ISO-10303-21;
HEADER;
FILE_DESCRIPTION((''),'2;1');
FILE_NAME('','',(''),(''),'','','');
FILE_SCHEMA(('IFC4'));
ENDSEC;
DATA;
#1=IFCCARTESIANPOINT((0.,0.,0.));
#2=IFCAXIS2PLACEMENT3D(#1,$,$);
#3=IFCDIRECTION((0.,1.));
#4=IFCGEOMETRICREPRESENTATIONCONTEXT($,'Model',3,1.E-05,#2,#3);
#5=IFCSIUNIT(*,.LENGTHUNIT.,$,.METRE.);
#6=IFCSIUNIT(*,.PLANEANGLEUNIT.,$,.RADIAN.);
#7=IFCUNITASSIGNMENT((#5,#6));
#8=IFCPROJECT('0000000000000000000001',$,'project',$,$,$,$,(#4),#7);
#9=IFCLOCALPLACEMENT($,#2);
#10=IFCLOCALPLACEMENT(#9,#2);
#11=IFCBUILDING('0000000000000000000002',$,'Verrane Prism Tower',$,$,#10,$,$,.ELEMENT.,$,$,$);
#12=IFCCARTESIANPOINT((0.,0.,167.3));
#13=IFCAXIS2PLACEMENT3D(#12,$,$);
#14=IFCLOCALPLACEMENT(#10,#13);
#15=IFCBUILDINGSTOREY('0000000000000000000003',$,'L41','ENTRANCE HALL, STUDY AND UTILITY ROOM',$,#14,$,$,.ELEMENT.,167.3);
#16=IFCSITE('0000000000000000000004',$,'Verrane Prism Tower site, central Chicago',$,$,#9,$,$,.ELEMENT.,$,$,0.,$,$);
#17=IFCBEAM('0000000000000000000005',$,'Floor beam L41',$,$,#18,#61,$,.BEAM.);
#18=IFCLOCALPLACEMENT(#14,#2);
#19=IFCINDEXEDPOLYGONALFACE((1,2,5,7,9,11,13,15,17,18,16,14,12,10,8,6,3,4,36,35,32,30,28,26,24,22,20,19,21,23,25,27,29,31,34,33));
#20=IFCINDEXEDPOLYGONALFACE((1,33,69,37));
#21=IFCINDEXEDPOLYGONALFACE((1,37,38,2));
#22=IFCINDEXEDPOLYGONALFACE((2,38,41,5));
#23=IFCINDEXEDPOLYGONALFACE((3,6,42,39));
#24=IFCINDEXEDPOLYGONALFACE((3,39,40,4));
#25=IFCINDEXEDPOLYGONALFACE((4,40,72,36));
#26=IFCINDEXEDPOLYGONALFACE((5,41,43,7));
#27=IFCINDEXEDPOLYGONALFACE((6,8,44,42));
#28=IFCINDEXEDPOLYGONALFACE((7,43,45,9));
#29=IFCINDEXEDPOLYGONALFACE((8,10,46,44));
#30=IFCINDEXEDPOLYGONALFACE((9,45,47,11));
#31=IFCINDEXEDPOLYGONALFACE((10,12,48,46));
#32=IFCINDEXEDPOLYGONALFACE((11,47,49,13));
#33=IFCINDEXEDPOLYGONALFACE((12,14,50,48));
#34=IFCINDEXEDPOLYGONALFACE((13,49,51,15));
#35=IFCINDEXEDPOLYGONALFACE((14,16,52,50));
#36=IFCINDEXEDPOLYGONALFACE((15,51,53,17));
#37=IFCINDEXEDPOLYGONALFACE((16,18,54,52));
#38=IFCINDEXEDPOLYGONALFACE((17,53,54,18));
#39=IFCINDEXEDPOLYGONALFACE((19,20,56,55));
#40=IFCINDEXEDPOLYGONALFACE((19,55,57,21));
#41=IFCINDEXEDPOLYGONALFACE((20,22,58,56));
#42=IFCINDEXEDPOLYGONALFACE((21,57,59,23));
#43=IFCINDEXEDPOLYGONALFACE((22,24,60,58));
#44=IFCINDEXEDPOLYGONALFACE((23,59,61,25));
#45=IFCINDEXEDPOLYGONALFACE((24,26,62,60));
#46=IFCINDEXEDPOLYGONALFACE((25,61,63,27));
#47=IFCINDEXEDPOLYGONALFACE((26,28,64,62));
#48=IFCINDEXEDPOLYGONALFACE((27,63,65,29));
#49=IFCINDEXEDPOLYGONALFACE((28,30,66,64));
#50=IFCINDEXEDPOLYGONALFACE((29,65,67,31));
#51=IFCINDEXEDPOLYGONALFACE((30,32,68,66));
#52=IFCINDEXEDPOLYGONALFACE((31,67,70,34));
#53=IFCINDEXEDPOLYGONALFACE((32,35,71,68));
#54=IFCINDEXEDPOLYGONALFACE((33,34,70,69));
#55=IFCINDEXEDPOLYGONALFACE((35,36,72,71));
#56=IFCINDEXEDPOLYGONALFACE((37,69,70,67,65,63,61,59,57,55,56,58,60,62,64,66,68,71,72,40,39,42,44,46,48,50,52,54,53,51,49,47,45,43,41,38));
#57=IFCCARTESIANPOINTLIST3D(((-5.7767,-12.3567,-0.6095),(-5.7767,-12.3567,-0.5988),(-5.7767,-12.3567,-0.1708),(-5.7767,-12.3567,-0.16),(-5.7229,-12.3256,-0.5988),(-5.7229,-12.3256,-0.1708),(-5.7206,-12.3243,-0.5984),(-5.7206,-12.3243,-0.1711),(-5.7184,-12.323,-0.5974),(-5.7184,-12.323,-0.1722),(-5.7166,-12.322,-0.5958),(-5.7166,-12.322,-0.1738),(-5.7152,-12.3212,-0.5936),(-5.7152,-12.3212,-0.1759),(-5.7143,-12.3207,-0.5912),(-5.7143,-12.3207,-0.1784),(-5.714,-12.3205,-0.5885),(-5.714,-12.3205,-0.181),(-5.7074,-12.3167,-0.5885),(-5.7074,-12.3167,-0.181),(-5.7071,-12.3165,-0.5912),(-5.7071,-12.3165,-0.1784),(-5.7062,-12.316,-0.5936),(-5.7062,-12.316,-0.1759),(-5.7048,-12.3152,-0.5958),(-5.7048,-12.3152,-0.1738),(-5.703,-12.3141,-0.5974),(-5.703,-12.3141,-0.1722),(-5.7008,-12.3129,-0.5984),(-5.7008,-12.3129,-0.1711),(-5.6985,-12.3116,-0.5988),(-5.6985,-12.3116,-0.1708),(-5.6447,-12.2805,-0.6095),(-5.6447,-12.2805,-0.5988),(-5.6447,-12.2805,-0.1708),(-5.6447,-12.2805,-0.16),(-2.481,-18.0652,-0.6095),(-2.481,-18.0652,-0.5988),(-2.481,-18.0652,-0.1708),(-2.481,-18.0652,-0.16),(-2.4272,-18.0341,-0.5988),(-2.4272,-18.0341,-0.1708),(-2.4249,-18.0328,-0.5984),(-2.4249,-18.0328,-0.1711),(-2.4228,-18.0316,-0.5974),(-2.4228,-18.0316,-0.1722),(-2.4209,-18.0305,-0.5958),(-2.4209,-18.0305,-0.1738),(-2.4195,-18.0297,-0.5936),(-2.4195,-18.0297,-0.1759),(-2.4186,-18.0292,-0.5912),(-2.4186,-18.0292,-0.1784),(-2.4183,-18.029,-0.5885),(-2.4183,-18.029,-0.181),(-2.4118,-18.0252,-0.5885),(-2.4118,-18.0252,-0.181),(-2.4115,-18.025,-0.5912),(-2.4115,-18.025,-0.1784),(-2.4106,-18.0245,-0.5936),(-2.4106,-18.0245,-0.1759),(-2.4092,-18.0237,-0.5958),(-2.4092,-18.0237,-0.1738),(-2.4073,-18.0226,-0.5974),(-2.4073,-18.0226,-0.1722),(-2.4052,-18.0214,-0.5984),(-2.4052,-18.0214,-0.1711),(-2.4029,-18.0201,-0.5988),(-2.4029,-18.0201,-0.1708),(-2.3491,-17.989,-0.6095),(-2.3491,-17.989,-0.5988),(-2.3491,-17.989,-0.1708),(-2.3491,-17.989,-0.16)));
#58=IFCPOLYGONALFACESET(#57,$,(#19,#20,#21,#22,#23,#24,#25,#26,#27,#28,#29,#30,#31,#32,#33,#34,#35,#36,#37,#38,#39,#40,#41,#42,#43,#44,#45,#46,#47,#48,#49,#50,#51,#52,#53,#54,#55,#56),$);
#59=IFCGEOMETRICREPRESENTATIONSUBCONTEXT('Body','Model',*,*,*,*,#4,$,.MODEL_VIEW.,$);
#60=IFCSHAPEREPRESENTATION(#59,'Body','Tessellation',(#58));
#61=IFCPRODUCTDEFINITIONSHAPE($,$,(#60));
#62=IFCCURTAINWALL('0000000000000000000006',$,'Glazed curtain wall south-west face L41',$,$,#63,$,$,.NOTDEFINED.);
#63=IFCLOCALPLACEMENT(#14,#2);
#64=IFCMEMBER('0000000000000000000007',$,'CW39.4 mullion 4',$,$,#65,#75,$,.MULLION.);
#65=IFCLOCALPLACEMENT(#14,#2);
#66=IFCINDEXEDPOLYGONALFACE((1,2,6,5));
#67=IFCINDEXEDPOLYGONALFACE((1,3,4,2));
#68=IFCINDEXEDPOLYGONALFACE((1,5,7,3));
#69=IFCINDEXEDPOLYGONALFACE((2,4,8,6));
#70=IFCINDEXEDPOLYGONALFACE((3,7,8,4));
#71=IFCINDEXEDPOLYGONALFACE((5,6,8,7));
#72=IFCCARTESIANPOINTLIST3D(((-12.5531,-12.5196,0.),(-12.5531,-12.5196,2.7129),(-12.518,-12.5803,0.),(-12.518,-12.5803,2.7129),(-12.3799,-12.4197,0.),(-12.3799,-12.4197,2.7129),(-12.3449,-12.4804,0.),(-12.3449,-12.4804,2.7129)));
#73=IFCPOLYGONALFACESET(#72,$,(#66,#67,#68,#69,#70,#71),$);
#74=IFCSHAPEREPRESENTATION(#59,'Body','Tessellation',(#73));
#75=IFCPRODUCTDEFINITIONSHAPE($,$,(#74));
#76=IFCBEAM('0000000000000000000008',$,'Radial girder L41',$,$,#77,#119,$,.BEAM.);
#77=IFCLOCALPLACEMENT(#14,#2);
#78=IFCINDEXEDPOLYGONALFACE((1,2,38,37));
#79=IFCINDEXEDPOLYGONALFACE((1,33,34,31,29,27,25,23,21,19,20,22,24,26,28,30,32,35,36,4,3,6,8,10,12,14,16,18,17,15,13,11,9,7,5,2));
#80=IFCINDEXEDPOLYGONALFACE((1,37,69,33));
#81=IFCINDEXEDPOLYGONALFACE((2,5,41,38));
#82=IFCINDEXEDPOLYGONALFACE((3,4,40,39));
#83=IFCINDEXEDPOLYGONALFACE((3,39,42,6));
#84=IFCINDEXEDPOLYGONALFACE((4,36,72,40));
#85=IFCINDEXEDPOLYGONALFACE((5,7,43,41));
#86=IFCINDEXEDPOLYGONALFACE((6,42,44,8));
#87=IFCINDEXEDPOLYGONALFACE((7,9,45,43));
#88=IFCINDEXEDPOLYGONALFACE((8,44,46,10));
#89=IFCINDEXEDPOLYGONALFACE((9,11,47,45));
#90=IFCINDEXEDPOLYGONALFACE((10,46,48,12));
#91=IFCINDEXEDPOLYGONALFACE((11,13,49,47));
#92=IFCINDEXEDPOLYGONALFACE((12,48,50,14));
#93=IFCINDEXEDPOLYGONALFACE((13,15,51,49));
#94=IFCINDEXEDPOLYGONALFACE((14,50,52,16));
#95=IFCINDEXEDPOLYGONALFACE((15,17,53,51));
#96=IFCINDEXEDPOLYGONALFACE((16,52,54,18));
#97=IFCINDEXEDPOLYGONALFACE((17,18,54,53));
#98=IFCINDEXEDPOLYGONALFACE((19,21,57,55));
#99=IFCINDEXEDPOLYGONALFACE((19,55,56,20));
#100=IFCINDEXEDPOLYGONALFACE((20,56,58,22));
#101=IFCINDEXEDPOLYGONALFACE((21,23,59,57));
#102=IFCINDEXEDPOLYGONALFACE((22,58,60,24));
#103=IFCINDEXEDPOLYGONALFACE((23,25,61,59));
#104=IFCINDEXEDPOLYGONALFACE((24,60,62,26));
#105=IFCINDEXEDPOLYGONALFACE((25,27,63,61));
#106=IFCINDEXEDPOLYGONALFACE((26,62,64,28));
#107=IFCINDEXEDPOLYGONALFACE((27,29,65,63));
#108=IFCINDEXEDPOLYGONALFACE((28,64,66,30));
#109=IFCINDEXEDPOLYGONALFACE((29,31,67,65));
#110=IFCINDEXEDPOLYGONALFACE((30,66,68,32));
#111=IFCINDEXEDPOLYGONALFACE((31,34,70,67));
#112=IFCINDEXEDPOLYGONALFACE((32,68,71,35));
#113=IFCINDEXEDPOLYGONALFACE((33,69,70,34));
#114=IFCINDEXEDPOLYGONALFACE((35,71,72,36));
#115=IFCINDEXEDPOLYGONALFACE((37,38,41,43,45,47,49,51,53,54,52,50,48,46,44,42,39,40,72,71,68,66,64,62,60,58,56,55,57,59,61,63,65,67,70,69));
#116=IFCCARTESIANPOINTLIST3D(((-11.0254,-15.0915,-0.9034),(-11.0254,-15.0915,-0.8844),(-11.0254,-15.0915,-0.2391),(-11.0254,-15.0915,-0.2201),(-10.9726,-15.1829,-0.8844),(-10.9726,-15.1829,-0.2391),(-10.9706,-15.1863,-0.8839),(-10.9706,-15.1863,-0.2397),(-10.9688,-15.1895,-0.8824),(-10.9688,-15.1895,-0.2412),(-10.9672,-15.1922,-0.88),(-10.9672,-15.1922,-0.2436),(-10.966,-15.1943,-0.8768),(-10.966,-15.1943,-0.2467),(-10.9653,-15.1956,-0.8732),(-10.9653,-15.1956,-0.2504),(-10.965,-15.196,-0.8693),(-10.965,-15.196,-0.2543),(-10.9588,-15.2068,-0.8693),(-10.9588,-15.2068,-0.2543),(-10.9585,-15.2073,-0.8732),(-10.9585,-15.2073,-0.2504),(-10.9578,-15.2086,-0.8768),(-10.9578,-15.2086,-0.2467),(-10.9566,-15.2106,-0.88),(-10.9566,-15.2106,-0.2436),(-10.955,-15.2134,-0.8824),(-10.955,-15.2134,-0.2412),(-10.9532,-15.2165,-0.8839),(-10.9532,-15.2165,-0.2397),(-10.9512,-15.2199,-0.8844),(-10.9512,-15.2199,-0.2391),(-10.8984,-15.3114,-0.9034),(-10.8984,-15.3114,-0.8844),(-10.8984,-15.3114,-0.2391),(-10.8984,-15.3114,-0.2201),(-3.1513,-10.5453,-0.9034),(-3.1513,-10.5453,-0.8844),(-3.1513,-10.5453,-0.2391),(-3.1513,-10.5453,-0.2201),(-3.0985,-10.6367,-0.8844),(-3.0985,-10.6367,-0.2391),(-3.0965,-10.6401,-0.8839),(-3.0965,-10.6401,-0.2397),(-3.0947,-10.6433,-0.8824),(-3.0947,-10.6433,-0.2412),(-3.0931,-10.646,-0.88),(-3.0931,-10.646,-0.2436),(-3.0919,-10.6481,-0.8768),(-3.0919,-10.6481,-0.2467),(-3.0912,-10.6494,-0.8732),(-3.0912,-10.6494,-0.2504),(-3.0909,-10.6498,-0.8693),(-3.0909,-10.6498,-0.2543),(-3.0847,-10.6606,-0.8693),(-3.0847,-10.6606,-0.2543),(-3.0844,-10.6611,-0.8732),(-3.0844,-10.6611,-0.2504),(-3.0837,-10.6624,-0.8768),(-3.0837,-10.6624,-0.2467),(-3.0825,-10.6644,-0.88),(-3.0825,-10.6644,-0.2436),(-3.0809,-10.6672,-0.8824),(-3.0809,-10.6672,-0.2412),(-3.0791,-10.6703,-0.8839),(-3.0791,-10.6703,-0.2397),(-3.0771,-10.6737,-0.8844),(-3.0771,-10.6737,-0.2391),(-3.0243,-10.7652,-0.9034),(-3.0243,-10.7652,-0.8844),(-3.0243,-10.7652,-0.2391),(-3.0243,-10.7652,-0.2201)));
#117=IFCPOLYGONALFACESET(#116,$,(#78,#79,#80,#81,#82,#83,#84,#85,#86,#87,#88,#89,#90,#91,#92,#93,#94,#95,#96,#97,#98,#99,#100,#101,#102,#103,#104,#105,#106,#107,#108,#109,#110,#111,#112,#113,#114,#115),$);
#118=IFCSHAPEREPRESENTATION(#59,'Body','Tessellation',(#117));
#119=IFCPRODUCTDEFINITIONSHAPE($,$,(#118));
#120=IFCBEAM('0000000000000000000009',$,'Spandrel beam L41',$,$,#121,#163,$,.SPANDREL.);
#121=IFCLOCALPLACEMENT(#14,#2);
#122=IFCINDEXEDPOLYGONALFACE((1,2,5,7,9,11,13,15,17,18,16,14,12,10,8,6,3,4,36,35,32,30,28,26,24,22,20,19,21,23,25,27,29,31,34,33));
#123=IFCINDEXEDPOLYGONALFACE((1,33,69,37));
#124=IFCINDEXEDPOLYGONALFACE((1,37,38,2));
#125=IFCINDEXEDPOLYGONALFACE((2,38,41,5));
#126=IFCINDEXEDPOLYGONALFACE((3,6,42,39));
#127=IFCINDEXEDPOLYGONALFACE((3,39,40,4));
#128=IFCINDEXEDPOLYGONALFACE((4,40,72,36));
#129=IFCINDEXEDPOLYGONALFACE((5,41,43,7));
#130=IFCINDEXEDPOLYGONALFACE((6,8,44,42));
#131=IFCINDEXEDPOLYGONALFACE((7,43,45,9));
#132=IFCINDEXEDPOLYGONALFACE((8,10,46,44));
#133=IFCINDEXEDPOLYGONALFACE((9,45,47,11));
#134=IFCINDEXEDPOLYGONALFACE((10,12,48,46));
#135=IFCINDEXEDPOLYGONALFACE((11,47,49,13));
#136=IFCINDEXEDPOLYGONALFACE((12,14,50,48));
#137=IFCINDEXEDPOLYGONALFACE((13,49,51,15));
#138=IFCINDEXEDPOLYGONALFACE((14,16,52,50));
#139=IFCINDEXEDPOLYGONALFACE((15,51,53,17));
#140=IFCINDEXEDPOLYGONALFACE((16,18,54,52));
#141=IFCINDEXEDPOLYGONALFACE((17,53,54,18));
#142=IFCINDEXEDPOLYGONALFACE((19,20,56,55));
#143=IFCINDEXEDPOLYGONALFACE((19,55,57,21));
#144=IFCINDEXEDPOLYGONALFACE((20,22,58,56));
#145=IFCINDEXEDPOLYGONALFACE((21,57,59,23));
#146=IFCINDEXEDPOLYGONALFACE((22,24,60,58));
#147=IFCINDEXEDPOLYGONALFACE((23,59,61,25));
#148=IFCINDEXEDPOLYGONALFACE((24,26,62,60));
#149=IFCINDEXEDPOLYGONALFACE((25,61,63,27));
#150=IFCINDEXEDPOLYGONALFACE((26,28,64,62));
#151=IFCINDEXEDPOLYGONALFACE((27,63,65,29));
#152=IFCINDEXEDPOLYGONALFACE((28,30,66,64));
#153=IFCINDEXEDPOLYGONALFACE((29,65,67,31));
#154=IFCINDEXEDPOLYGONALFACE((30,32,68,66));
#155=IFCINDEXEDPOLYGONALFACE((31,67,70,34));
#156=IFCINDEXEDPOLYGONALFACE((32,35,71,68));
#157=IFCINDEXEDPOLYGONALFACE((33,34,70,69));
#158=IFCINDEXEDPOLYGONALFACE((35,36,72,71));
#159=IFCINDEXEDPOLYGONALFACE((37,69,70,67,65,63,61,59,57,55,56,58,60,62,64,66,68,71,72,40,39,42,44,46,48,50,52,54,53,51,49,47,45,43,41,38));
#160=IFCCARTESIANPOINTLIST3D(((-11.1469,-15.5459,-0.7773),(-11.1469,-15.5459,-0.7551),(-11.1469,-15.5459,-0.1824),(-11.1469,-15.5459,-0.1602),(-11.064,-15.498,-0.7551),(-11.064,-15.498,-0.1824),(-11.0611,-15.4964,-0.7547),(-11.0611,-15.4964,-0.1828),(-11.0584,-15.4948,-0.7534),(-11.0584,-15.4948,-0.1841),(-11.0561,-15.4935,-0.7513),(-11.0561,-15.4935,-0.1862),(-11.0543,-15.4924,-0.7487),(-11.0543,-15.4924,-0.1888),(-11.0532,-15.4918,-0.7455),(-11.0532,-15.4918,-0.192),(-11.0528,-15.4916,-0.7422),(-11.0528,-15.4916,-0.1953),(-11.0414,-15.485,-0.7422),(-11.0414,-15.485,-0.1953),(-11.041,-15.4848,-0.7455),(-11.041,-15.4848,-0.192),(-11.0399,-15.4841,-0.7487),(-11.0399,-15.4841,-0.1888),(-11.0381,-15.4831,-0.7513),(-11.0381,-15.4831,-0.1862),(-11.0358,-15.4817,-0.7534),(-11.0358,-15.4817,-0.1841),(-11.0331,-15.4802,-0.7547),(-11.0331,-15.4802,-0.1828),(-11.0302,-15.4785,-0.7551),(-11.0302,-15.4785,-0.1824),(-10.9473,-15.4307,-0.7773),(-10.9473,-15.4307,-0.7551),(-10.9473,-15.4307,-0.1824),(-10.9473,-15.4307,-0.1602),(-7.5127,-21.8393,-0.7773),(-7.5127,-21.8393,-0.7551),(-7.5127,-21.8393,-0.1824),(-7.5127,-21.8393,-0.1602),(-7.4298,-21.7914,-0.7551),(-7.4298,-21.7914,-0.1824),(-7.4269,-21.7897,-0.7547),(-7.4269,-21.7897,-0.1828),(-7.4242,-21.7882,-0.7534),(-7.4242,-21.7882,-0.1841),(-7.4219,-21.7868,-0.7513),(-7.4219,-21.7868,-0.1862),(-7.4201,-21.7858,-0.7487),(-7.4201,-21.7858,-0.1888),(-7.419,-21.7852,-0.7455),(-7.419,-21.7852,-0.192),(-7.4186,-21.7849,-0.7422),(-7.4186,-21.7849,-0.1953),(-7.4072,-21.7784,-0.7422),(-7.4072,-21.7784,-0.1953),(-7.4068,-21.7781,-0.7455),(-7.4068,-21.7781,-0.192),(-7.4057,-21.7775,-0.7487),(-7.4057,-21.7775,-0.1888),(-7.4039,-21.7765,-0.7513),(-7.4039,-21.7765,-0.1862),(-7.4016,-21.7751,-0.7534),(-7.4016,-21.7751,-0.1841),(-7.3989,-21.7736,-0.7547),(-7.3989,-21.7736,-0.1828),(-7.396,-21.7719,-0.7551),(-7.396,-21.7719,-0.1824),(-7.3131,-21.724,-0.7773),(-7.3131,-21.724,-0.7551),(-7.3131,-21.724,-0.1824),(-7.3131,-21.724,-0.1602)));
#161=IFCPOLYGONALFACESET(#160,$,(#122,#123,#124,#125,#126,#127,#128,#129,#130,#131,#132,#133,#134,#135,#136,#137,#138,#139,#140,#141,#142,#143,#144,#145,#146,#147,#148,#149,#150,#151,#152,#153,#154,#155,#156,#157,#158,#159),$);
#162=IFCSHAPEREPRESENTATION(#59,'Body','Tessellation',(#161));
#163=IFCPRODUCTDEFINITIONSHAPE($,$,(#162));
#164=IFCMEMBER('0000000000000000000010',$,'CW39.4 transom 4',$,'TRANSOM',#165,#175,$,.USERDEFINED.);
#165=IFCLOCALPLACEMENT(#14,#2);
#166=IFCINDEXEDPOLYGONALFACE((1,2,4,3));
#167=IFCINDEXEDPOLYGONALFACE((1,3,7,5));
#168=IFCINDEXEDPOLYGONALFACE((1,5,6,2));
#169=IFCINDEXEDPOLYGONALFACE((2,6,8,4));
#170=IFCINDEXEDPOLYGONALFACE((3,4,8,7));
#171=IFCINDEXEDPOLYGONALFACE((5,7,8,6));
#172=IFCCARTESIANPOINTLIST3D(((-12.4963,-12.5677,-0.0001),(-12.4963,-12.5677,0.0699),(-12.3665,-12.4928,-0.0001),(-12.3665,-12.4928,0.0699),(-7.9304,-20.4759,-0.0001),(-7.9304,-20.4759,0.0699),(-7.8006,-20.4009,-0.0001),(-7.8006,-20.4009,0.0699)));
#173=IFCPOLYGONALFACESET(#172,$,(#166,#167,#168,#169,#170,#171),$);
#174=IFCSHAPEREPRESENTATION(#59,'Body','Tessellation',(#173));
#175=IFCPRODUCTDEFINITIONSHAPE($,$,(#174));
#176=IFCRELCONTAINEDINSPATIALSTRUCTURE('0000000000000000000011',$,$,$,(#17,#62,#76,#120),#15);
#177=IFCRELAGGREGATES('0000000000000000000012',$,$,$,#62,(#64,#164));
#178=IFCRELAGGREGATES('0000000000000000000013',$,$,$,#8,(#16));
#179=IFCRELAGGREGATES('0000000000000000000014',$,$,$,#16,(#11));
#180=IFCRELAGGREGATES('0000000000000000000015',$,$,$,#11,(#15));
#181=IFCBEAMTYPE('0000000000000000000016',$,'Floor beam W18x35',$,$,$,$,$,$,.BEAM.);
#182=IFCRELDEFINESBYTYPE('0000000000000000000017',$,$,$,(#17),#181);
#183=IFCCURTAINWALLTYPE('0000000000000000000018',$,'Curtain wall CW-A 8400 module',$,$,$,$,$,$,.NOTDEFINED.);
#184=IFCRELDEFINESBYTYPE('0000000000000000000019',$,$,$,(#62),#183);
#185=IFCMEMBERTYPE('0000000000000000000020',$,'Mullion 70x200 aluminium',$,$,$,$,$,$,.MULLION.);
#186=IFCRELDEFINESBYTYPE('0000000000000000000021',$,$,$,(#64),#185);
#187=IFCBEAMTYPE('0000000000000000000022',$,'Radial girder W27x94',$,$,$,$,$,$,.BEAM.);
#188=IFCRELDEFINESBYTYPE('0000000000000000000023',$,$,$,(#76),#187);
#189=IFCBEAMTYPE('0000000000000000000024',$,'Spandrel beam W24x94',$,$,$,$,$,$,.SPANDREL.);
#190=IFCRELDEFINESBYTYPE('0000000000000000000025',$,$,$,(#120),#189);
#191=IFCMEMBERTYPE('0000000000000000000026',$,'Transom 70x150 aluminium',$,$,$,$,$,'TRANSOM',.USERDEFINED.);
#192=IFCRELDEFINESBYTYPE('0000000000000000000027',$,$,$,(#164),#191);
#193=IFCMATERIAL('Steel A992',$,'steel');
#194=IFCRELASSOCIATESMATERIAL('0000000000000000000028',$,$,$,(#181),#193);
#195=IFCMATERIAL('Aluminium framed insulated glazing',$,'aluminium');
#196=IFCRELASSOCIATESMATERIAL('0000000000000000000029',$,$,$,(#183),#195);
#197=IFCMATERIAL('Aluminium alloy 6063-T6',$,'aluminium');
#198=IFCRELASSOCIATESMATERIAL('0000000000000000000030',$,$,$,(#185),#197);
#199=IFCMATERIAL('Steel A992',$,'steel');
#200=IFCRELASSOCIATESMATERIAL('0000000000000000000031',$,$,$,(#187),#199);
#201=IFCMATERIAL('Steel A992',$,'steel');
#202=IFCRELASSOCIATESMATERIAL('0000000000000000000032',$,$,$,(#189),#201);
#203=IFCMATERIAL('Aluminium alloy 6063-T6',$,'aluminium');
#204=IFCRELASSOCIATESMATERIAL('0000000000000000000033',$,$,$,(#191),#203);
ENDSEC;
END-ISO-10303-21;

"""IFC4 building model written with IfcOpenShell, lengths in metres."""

from ifc_helpers import new_model, si_unit, direction, frame, origin, origin_2d, place, context, subcontext, project, spatial, rectangle, i_section, extrude, material, material_profile, profile_set, type_object, element, aggregate, save


model = new_model("IFC4")

# Units and contexts
model_context = context("Model", 3, precision=1e-05, world=origin(), true_north=direction((0.0, 1.0)))
body_context = subcontext(model_context, "Body", "Model", "MODEL_VIEW")
ifc_project = project(units=[si_unit("LENGTHUNIT", "METRE"), si_unit("PLANEANGLEUNIT", "RADIAN")], contexts=[model_context])

# Site, building, storey
site_placement = place(None, origin())
site = spatial("IfcSite", under=ifc_project, at=site_placement, Name="Verrane Prism Tower site, central Chicago", CompositionType="ELEMENT", RefElevation=0.0)
building_placement = place(site_placement, origin())
building = spatial("IfcBuilding", under=site, at=building_placement, Name="Verrane Prism Tower", CompositionType="ELEMENT")
storey_placement = place(building_placement, frame((0.0, 0.0, 167.3)))
storey = spatial("IfcBuildingStorey", under=building, at=storey_placement, Name="L41", Description="ENTRANCE HALL, STUDY AND UTILITY ROOM", CompositionType="ELEMENT", Elevation=167.3)

# Beam
ifc_material_1 = material(Name="Steel A992", Category="steel")
ifc_material_profile_1 = material_profile(ifc_material_1, i_section(OverallWidth=0.1523, OverallDepth=0.4495, WebThickness=0.0076, FlangeThickness=0.0107, FilletRadius=0.0103, at=origin_2d()), Name="W18x35")
ifc_profile_set_1 = profile_set([ifc_material_profile_1], Name="Steel A992")
beam_type_1 = type_object("IfcBeamType", Name="Floor beam W18x35", PredefinedType="BEAM", material=ifc_profile_set_1)
beam_1_placement = place(storey_placement, frame((-2.415, -18.0271, -0.3848), z_axis=(-0.499983, 0.866035, 0.0), x_axis=(-0.866035, -0.499983, 0.0)))
element("IfcBeam", 1, at=beam_1_placement, inside=storey, type_object=beam_type_1, Name="Floor beam L41", PredefinedType="BEAM", context=body_context, shape_type="SweptSolid", body=[
    extrude(i_section(OverallWidth=0.1523, OverallDepth=0.4495, WebThickness=0.0076, FlangeThickness=0.0107, FilletRadius=0.0103, at=origin_2d()), origin(), (0.0, 0.0, 1.0), 6.5916),
])

# Curtain wall, member
ifc_material_2 = material(Name="Aluminium framed insulated glazing", Category="aluminium")
curtain_wall_type = type_object("IfcCurtainWallType", Name="Curtain wall CW-A 8400 module", PredefinedType="NOTDEFINED", material=ifc_material_2)
curtain_wall_placement = place(storey_placement, origin())
curtain_wall = element("IfcCurtainWall", 2, at=curtain_wall_placement, inside=storey, type_object=curtain_wall_type, Name="Glazed curtain wall south-west face L41", PredefinedType="NOTDEFINED")
ifc_material_3 = material(Name="Aluminium alloy 6063-T6", Category="aluminium")
ifc_material_profile_2 = material_profile(ifc_material_3, rectangle(XDim=0.2, YDim=0.0701, at=origin_2d()), Name="Mullion 70x200 aluminium")
ifc_profile_set_2 = profile_set([ifc_material_profile_2], Name="Aluminium alloy 6063-T6")
member_type_1 = type_object("IfcMemberType", Name="Mullion 70x200 aluminium", PredefinedType="MULLION", material=ifc_profile_set_2)
member_1_placement = place(storey_placement, frame((-12.449, -12.5, 0.0), z_axis=(0.0, 0.0, 1.0), x_axis=(0.866026, 0.499999, 0.0)))
member_1 = element("IfcMember", 3, at=member_1_placement, type_object=member_type_1, Name="CW39.4 mullion 4", PredefinedType="MULLION", context=body_context, shape_type="SweptSolid", body=[
    extrude(rectangle(XDim=0.2, YDim=0.0701, at=origin_2d()), origin(), (0.0, 0.0, 1.0), 2.7129),
])

# Beams
ifc_material_4 = material(Name="Steel A992", Category="steel")
ifc_material_profile_3 = material_profile(ifc_material_4, i_section(OverallWidth=0.2539, OverallDepth=0.6833, WebThickness=0.0125, FlangeThickness=0.019, FilletRadius=0.0151, at=origin_2d()), Name="W27x94")
ifc_profile_set_3 = profile_set([ifc_material_profile_3], Name="Steel A992")
beam_type_2 = type_object("IfcBeamType", Name="Radial girder W27x94", PredefinedType="BEAM", material=ifc_profile_set_3)
beam_2_placement = place(storey_placement, frame((-10.9619, -15.2014, -0.5618), z_axis=(0.866022, 0.500006, 0.0), x_axis=(-0.500006, 0.866022, 0.0)))
element("IfcBeam", 4, at=beam_2_placement, inside=storey, type_object=beam_type_2, Name="Radial girder L41", PredefinedType="BEAM", context=body_context, shape_type="SweptSolid", body=[
    extrude(i_section(OverallWidth=0.2539, OverallDepth=0.6833, WebThickness=0.0125, FlangeThickness=0.019, FilletRadius=0.0151, at=origin_2d()), origin(), (0.0, 0.0, 1.0), 9.0923),
])
ifc_material_5 = material(Name="Steel A992", Category="steel")
ifc_material_profile_4 = material_profile(ifc_material_5, i_section(OverallWidth=0.2305, OverallDepth=0.6172, WebThickness=0.0132, FlangeThickness=0.0222, FilletRadius=0.0129, at=origin_2d()), Name="W24x94")
ifc_profile_set_4 = profile_set([ifc_material_profile_4], Name="Steel A992")
beam_type_3 = type_object("IfcBeamType", Name="Spandrel beam W24x94", PredefinedType="SPANDREL", material=ifc_profile_set_4)
beam_3_placement = place(storey_placement, frame((-11.0471, -15.4883, -0.4688), z_axis=(0.500077, -0.865981, 0.0), x_axis=(0.865981, 0.500077, 0.0)))
element("IfcBeam", 5, at=beam_3_placement, inside=storey, type_object=beam_type_3, Name="Spandrel beam L41", PredefinedType="SPANDREL", context=body_context, shape_type="SweptSolid", body=[
    extrude(i_section(OverallWidth=0.2305, OverallDepth=0.6172, WebThickness=0.0132, FlangeThickness=0.0222, FilletRadius=0.0129, at=origin_2d()), origin(), (0.0, 0.0, 1.0), 7.2673),
])

# Member
ifc_material_6 = material(Name="Aluminium alloy 6063-T6", Category="aluminium")
ifc_material_profile_5 = material_profile(ifc_material_6, rectangle(XDim=0.1499, YDim=0.0701, at=origin_2d()), Name="Transom 70x150 aluminium")
ifc_profile_set_5 = profile_set([ifc_material_profile_5], Name="Aluminium alloy 6063-T6")
member_type_2 = type_object("IfcMemberType", Name="Transom 70x150 aluminium", ElementType="TRANSOM", PredefinedType="USERDEFINED", material=ifc_profile_set_5)
member_2_placement = place(storey_placement, frame((-12.4314, -12.5303, 0.0349), z_axis=(0.500009, -0.86602, 0.0), x_axis=(0.86602, 0.500009, 0.0)))
member_2 = element("IfcMember", 6, at=member_2_placement, type_object=member_type_2, Name="CW39.4 transom 4", ObjectType="TRANSOM", PredefinedType="USERDEFINED", context=body_context, shape_type="SweptSolid", body=[
    extrude(rectangle(XDim=0.1499, YDim=0.0701, at=origin_2d()), origin(), (0.0, 0.0, 1.0), 9.1316),
])

aggregate(curtain_wall, [member_1, member_2])

save(model, "model.ifc")
